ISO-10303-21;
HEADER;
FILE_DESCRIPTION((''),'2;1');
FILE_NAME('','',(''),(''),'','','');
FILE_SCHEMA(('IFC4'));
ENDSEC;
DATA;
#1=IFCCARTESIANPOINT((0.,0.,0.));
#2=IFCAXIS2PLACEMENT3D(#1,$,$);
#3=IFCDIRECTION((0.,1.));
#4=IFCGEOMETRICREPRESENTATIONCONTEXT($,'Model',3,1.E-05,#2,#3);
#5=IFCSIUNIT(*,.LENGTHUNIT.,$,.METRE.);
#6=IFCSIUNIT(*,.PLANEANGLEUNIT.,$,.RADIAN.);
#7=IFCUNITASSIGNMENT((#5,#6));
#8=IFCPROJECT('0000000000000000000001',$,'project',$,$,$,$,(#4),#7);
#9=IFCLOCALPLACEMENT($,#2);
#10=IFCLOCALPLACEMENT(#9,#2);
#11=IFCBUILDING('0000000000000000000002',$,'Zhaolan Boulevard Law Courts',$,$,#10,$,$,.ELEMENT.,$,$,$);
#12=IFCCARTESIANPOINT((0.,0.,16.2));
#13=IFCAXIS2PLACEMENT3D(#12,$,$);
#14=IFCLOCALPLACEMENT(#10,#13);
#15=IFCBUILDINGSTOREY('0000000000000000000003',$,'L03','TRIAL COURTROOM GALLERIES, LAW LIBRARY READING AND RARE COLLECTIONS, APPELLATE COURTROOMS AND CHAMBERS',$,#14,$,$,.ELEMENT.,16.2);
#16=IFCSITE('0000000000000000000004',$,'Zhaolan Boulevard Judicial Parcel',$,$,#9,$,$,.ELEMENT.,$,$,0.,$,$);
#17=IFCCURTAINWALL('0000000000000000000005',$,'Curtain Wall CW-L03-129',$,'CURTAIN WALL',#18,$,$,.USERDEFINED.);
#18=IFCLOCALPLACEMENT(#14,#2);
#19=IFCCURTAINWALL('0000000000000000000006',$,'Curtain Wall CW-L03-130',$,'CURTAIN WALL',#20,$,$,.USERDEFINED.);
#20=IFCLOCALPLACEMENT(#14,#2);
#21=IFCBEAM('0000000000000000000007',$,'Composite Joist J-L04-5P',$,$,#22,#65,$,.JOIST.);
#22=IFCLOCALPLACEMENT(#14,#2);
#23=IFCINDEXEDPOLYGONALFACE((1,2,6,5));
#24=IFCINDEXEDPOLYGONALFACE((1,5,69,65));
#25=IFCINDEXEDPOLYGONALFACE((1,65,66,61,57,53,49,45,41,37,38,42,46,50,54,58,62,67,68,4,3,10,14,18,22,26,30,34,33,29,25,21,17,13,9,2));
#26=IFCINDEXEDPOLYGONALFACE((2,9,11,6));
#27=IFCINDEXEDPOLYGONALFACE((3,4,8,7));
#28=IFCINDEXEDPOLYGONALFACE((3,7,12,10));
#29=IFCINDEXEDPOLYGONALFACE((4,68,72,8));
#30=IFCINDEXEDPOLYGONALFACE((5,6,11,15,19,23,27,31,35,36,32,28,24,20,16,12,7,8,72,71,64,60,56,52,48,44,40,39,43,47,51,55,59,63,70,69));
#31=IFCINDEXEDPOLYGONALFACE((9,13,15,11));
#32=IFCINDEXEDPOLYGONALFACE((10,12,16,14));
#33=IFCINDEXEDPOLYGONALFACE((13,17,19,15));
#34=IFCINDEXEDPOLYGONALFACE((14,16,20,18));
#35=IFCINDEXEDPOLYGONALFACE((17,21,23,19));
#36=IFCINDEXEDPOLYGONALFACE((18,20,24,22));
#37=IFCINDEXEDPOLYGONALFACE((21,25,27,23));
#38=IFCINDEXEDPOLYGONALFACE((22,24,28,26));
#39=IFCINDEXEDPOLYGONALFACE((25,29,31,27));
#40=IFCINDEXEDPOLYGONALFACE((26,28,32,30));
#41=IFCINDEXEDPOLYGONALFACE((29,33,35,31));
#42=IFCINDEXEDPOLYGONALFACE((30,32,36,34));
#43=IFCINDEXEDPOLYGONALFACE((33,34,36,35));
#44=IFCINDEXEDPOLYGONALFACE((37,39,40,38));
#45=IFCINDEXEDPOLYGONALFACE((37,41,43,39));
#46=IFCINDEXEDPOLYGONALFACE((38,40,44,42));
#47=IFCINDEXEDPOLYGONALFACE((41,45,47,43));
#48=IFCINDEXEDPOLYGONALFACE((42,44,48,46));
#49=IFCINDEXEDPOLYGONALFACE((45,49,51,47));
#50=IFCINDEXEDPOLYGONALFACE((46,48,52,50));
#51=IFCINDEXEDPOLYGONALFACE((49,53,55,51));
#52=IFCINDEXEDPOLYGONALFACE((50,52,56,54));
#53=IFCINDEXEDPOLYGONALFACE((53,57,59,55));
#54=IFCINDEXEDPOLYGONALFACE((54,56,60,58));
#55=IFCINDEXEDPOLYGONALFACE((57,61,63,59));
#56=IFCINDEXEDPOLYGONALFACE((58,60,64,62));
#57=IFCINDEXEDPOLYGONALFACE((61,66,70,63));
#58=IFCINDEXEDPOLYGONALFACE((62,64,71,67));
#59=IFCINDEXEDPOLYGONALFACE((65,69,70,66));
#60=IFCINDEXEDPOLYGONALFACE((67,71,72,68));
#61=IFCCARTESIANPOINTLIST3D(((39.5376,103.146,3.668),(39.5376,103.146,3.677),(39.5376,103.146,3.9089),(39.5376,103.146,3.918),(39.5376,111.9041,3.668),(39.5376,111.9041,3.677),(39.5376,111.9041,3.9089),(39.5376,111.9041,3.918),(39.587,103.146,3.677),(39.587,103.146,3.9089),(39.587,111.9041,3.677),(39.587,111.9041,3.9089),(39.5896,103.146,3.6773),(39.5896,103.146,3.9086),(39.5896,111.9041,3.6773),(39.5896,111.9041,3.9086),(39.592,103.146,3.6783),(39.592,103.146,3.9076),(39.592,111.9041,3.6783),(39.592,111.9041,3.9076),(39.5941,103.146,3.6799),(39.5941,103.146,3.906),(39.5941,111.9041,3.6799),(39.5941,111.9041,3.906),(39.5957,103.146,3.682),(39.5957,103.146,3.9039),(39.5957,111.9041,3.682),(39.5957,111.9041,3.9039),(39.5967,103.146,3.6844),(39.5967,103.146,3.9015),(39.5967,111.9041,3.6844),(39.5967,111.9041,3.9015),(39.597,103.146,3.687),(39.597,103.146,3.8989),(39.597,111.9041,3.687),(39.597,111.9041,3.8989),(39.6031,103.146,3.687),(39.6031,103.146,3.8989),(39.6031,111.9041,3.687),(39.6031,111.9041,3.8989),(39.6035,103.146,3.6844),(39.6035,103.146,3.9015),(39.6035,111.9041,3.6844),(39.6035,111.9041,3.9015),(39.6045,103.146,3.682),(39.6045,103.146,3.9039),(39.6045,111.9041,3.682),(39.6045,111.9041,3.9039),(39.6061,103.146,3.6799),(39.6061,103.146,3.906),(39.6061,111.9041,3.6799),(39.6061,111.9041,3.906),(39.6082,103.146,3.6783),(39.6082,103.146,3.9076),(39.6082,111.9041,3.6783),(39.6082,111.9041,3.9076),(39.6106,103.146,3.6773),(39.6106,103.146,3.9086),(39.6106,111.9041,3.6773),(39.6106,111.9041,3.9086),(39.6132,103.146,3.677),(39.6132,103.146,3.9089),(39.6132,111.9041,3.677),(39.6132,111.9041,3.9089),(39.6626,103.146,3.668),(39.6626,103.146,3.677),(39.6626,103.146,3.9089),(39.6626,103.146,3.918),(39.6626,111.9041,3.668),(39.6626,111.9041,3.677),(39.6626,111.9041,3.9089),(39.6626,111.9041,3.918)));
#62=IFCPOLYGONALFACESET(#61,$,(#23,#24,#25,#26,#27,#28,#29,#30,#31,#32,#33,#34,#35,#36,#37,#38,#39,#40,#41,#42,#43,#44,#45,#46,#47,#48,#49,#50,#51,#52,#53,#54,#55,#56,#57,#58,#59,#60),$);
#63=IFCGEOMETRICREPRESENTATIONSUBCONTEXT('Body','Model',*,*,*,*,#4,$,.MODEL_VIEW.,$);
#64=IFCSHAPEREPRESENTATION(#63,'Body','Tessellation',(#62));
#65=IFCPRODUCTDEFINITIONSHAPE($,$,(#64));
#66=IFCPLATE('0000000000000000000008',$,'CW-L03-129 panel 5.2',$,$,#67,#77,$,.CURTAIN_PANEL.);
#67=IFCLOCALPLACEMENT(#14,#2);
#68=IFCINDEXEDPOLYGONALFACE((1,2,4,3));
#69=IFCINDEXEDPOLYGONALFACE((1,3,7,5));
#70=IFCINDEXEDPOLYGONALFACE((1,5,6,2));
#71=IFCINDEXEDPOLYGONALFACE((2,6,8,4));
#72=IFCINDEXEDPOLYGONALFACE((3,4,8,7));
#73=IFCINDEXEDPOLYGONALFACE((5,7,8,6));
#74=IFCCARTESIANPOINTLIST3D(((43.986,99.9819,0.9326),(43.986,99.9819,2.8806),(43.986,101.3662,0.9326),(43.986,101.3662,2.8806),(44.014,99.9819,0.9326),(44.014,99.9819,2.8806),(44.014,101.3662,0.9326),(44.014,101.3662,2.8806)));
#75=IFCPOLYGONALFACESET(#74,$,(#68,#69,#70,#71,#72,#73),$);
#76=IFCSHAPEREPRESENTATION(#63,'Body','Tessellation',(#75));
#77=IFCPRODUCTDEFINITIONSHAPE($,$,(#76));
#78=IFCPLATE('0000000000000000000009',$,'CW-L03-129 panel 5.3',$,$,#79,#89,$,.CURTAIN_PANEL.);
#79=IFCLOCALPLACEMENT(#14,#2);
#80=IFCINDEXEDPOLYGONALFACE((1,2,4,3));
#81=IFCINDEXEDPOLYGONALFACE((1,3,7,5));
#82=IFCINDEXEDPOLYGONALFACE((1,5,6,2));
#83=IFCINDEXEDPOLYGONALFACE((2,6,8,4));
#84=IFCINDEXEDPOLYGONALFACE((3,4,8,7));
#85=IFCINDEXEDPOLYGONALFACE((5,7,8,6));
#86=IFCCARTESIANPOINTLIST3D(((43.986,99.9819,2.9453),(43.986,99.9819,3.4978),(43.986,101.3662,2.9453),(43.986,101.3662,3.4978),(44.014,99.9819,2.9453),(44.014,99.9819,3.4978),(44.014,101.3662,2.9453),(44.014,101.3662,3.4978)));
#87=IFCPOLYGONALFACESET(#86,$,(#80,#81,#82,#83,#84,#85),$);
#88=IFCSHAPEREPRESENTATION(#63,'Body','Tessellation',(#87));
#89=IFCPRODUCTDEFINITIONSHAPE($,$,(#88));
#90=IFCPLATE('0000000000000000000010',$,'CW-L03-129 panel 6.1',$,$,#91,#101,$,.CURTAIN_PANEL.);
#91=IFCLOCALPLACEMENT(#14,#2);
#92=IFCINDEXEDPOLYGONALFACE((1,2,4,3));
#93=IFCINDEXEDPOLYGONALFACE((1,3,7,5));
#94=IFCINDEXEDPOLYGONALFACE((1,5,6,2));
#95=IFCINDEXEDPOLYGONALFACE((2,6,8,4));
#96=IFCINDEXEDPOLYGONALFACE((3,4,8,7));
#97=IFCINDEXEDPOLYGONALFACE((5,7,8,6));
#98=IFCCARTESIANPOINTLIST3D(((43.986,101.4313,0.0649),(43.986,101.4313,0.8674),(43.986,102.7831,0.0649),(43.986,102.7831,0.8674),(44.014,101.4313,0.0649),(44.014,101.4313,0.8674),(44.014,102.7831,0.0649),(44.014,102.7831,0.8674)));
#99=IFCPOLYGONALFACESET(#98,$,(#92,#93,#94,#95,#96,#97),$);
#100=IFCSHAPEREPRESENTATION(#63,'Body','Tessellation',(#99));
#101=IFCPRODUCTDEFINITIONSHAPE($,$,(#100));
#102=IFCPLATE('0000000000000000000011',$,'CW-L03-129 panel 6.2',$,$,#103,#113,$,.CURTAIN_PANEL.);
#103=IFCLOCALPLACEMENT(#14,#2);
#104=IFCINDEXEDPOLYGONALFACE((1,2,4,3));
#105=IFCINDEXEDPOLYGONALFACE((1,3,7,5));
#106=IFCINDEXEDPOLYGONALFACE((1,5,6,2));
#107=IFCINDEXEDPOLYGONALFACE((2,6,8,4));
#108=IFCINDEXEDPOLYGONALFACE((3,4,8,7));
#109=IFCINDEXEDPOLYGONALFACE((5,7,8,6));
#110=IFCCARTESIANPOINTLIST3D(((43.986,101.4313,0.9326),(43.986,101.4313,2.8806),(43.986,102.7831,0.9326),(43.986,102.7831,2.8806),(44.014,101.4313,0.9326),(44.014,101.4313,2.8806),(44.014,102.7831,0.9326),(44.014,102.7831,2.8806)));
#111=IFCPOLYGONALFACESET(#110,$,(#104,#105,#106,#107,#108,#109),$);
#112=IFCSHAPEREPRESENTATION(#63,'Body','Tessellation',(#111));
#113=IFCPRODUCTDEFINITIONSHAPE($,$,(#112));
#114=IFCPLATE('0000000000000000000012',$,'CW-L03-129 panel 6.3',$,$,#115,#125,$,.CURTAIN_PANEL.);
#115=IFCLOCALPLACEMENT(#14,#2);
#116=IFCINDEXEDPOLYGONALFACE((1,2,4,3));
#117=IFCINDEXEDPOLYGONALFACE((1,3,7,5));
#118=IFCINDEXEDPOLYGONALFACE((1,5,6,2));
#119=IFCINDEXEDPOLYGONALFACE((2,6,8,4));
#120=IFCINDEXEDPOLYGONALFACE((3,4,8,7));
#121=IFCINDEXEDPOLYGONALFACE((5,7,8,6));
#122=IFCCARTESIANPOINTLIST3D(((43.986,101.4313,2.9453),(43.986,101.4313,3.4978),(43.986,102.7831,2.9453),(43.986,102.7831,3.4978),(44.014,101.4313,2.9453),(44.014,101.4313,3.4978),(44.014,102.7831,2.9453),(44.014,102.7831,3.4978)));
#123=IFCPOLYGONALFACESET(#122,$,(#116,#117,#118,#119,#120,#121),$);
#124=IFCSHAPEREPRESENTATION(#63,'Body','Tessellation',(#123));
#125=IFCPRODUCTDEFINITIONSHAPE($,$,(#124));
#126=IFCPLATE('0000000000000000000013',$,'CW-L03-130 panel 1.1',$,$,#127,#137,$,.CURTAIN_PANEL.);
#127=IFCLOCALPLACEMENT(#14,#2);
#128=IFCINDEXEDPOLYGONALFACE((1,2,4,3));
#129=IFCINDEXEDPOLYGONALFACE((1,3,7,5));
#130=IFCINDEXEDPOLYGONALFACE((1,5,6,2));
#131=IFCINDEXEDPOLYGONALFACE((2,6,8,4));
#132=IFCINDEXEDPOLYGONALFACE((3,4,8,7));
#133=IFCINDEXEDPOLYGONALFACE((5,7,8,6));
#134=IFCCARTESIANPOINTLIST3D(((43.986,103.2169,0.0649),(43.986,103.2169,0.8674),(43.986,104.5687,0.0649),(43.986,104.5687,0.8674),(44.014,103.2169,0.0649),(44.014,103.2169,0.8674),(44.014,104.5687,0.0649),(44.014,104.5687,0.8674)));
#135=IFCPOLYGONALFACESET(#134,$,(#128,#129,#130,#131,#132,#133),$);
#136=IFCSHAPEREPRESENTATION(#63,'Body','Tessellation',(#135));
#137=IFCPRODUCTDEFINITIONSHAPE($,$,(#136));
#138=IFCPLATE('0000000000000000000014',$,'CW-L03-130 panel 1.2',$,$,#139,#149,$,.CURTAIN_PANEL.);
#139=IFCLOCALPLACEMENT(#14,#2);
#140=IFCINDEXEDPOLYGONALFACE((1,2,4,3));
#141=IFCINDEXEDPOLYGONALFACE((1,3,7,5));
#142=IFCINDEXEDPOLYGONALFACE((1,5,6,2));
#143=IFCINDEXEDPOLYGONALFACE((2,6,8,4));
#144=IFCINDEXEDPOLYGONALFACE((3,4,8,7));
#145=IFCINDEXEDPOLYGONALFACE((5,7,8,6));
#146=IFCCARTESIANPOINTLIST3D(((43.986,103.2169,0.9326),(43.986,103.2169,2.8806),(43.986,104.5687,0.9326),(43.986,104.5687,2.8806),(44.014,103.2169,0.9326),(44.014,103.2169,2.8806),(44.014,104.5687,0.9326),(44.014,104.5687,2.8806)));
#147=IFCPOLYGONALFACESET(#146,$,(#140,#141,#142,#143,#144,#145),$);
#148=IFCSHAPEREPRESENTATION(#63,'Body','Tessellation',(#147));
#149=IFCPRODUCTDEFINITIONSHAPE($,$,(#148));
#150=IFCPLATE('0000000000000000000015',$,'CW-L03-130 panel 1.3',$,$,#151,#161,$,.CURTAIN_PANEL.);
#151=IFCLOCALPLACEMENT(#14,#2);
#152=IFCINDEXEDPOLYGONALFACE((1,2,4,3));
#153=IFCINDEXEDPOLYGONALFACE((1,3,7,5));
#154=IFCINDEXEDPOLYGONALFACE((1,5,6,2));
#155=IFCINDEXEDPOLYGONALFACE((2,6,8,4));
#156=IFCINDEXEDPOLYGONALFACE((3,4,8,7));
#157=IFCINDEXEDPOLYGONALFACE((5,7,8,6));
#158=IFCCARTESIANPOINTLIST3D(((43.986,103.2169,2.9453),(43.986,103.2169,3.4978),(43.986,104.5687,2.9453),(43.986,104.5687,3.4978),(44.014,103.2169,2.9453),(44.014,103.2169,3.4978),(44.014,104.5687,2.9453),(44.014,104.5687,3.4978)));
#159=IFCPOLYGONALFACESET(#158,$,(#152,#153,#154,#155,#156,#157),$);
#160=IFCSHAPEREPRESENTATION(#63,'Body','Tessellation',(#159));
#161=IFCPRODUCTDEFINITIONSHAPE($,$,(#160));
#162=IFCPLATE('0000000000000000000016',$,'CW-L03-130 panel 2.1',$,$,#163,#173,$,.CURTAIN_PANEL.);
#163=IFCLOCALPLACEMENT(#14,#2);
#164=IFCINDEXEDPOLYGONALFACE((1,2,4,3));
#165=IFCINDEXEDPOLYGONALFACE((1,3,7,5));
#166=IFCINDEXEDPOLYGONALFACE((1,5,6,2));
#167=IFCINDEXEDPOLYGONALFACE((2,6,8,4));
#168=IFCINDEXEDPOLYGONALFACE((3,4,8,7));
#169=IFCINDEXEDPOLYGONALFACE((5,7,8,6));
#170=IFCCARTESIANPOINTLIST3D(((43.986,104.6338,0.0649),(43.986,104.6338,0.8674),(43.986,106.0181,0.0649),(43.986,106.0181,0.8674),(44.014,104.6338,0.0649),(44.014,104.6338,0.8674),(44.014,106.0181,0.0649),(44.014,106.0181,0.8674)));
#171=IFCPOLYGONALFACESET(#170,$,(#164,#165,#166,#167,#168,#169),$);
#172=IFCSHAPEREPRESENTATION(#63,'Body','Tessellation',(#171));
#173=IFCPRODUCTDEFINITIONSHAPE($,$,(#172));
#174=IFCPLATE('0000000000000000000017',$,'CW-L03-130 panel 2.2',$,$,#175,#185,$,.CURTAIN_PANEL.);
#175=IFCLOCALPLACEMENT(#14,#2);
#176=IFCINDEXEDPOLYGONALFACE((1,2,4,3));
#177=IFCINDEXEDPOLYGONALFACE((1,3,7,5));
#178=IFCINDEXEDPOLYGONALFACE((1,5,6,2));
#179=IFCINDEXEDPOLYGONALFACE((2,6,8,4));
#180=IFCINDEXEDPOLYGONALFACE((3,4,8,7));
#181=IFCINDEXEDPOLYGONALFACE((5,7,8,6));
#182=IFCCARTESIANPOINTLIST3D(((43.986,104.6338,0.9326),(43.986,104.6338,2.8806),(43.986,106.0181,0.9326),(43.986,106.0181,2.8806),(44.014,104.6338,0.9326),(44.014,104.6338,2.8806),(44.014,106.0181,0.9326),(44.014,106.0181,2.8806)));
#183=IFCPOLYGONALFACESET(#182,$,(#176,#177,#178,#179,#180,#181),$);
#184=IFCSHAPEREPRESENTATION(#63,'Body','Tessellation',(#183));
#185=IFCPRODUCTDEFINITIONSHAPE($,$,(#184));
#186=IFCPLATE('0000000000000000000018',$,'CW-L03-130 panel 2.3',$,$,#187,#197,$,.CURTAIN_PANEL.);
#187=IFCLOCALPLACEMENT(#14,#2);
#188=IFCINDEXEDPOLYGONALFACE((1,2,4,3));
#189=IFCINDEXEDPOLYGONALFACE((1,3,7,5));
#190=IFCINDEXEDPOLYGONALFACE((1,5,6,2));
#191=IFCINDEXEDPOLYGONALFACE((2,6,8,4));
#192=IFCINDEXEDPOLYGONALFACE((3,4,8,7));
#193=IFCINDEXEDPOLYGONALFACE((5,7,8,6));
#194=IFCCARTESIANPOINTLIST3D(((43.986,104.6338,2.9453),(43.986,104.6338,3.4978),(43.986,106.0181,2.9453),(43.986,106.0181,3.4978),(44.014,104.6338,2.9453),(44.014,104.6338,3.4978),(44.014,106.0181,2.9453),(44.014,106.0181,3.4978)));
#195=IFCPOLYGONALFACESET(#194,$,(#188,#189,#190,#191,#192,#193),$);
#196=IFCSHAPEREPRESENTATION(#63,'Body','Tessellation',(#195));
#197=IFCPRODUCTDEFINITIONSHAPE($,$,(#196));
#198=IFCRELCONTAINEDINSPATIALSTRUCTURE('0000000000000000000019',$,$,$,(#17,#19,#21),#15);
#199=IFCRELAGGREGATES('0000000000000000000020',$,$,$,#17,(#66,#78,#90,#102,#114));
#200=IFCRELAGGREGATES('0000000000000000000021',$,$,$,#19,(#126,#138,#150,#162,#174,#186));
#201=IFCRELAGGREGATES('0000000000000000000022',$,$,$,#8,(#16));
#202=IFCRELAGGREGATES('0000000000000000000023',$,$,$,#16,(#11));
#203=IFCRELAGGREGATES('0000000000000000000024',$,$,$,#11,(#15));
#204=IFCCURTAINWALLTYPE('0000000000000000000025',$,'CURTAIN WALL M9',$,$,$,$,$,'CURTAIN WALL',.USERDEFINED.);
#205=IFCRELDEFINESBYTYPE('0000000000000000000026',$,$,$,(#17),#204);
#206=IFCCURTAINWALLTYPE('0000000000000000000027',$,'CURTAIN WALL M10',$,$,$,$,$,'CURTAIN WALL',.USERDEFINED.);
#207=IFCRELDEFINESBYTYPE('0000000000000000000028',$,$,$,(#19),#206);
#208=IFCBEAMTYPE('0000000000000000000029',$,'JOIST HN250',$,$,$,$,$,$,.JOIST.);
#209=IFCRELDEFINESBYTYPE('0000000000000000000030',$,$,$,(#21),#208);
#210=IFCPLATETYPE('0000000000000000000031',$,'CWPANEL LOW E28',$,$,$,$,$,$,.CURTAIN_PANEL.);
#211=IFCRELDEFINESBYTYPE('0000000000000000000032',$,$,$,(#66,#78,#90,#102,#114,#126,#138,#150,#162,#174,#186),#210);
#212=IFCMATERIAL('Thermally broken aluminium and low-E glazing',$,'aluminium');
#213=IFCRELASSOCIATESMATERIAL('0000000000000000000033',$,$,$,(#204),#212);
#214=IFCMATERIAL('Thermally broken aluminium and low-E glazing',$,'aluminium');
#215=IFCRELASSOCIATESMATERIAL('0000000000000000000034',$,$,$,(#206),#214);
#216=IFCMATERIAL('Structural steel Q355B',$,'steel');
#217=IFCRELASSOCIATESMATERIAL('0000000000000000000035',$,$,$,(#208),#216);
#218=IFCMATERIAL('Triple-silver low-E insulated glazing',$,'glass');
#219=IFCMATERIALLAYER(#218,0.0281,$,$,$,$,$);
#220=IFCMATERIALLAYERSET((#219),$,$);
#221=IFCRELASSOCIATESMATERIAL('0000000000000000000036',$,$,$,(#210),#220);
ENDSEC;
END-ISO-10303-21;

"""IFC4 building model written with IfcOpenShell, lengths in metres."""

from ifc_helpers import new_model, si_unit, direction, frame, origin, origin_2d, place, context, subcontext, project, spatial, rectangle, i_section, extrude, material, layer, layer_set, material_profile, profile_set, type_object, element, aggregate, save


model = new_model("IFC4")

# Units and contexts
model_context = context("Model", 3, precision=1e-05, world=origin(), true_north=direction((0.0, 1.0)))
body_context = subcontext(model_context, "Body", "Model", "MODEL_VIEW")
ifc_project = project(units=[si_unit("LENGTHUNIT", "METRE"), si_unit("PLANEANGLEUNIT", "RADIAN")], contexts=[model_context])

# Site, building, storey
site_placement = place(None, origin())
site = spatial("IfcSite", under=ifc_project, at=site_placement, Name="Zhaolan Boulevard Judicial Parcel", CompositionType="ELEMENT", RefElevation=0.0)
building_placement = place(site_placement, origin())
building = spatial("IfcBuilding", under=site, at=building_placement, Name="Zhaolan Boulevard Law Courts", CompositionType="ELEMENT")
storey_placement = place(building_placement, frame((0.0, 0.0, 16.2)))
storey = spatial("IfcBuildingStorey", under=building, at=storey_placement, Name="L03", Description="TRIAL COURTROOM GALLERIES, LAW LIBRARY READING AND RARE COLLECTIONS, APPELLATE COURTROOMS AND CHAMBERS", CompositionType="ELEMENT", Elevation=16.2)

# Curtain walls
ifc_material_1 = material(Name="Thermally broken aluminium and low-E glazing", Category="aluminium")
curtain_wall_type_1 = type_object("IfcCurtainWallType", Name="CURTAIN WALL M9", ElementType="CURTAIN WALL", PredefinedType="USERDEFINED", material=ifc_material_1)
curtain_wall_1_placement = place(storey_placement, origin())
curtain_wall_1 = element("IfcCurtainWall", 1, at=curtain_wall_1_placement, inside=storey, type_object=curtain_wall_type_1, Name="Curtain Wall CW-L03-129", ObjectType="CURTAIN WALL", PredefinedType="USERDEFINED")
ifc_material_2 = material(Name="Thermally broken aluminium and low-E glazing", Category="aluminium")
curtain_wall_type_2 = type_object("IfcCurtainWallType", Name="CURTAIN WALL M10", ElementType="CURTAIN WALL", PredefinedType="USERDEFINED", material=ifc_material_2)
curtain_wall_2_placement = place(storey_placement, origin())
curtain_wall_2 = element("IfcCurtainWall", 2, at=curtain_wall_2_placement, inside=storey, type_object=curtain_wall_type_2, Name="Curtain Wall CW-L03-130", ObjectType="CURTAIN WALL", PredefinedType="USERDEFINED")

# Beam
ifc_material_3 = material(Name="Structural steel Q355B", Category="steel")
ifc_material_profile_1 = material_profile(ifc_material_3, i_section(OverallWidth=0.125, OverallDepth=0.25, WebThickness=0.0061, FlangeThickness=0.009, FilletRadius=0.01, at=origin_2d()), Name="HN250x125")
ifc_profile_set_1 = profile_set([ifc_material_profile_1], Name="Structural steel Q355B")
beam_type_1 = type_object("IfcBeamType", Name="JOIST HN250", PredefinedType="JOIST", material=ifc_profile_set_1)
beam_1_placement = place(storey_placement, frame((39.6001, 103.146, 3.793), z_axis=(0.0, 1.0, 0.0), x_axis=(-1.0, 0.0, 0.0)))
element("IfcBeam", 3, at=beam_1_placement, inside=storey, type_object=beam_type_1, Name="Composite Joist J-L04-5P", PredefinedType="JOIST", context=body_context, shape_type="SweptSolid", body=[
    extrude(i_section(OverallWidth=0.125, OverallDepth=0.25, WebThickness=0.0061, FlangeThickness=0.009, FilletRadius=0.01, at=origin_2d()), origin(), (0.0, 0.0, 1.0), 8.7581),
])

# Plates
ifc_material_4 = material(Name="Triple-silver low-E insulated glazing", Category="glass")
ifc_layer = layer(ifc_material_4, 0.0281)
ifc_layer_set = layer_set([ifc_layer])
plate_type = type_object("IfcPlateType", Name="CWPANEL LOW E28", PredefinedType="CURTAIN_PANEL", material=ifc_layer_set)
plate_1_placement = place(storey_placement, frame((44.0, 100.6741, 0.9326), z_axis=(0.0, 0.0, 1.0), x_axis=(0.0, 1.0, 0.0)))
plate_1 = element("IfcPlate", 4, at=plate_1_placement, type_object=plate_type, Name="CW-L03-129 panel 5.2", PredefinedType="CURTAIN_PANEL", context=body_context, shape_type="SweptSolid", body=[
    extrude(rectangle(XDim=1.3843, YDim=0.0281, at=origin_2d()), origin(), (0.0, 0.0, 1.0), 1.948),
])
plate_2_placement = place(storey_placement, frame((44.0, 100.6741, 2.9453), z_axis=(0.0, 0.0, 1.0), x_axis=(0.0, 1.0, 0.0)))
plate_2 = element("IfcPlate", 5, at=plate_2_placement, type_object=plate_type, Name="CW-L03-129 panel 5.3", PredefinedType="CURTAIN_PANEL", context=body_context, shape_type="SweptSolid", body=[
    extrude(rectangle(XDim=1.3843, YDim=0.0281, at=origin_2d()), origin(), (0.0, 0.0, 1.0), 0.5525),
])
plate_3_placement = place(storey_placement, frame((44.0, 102.1072, 0.0649), z_axis=(0.0, 0.0, 1.0), x_axis=(0.0, 1.0, 0.0)))
plate_3 = element("IfcPlate", 6, at=plate_3_placement, type_object=plate_type, Name="CW-L03-129 panel 6.1", PredefinedType="CURTAIN_PANEL", context=body_context, shape_type="SweptSolid", body=[
    extrude(rectangle(XDim=1.3518, YDim=0.0281, at=origin_2d()), origin(), (0.0, 0.0, 1.0), 0.8025),
])
plate_4_placement = place(storey_placement, frame((44.0, 102.1072, 0.9326), z_axis=(0.0, 0.0, 1.0), x_axis=(0.0, 1.0, 0.0)))
plate_4 = element("IfcPlate", 7, at=plate_4_placement, type_object=plate_type, Name="CW-L03-129 panel 6.2", PredefinedType="CURTAIN_PANEL", context=body_context, shape_type="SweptSolid", body=[
    extrude(rectangle(XDim=1.3518, YDim=0.0281, at=origin_2d()), origin(), (0.0, 0.0, 1.0), 1.948),
])
plate_5_placement = place(storey_placement, frame((44.0, 102.1072, 2.9453), z_axis=(0.0, 0.0, 1.0), x_axis=(0.0, 1.0, 0.0)))
plate_5 = element("IfcPlate", 8, at=plate_5_placement, type_object=plate_type, Name="CW-L03-129 panel 6.3", PredefinedType="CURTAIN_PANEL", context=body_context, shape_type="SweptSolid", body=[
    extrude(rectangle(XDim=1.3518, YDim=0.0281, at=origin_2d()), origin(), (0.0, 0.0, 1.0), 0.5525),
])
aggregate(curtain_wall_1, [plate_1, plate_2, plate_3, plate_4, plate_5])
plate_6_placement = place(storey_placement, frame((44.0, 103.8928, 0.0649), z_axis=(0.0, 0.0, 1.0), x_axis=(0.0, 1.0, 0.0)))
plate_6 = element("IfcPlate", 9, at=plate_6_placement, type_object=plate_type, Name="CW-L03-130 panel 1.1", PredefinedType="CURTAIN_PANEL", context=body_context, shape_type="SweptSolid", body=[
    extrude(rectangle(XDim=1.3518, YDim=0.0281, at=origin_2d()), origin(), (0.0, 0.0, 1.0), 0.8025),
])
plate_7_placement = place(storey_placement, frame((44.0, 103.8928, 0.9326), z_axis=(0.0, 0.0, 1.0), x_axis=(0.0, 1.0, 0.0)))
plate_7 = element("IfcPlate", 10, at=plate_7_placement, type_object=plate_type, Name="CW-L03-130 panel 1.2", PredefinedType="CURTAIN_PANEL", context=body_context, shape_type="SweptSolid", body=[
    extrude(rectangle(XDim=1.3518, YDim=0.0281, at=origin_2d()), origin(), (0.0, 0.0, 1.0), 1.948),
])
plate_8_placement = place(storey_placement, frame((44.0, 103.8928, 2.9453), z_axis=(0.0, 0.0, 1.0), x_axis=(0.0, 1.0, 0.0)))
plate_8 = element("IfcPlate", 11, at=plate_8_placement, type_object=plate_type, Name="CW-L03-130 panel 1.3", PredefinedType="CURTAIN_PANEL", context=body_context, shape_type="SweptSolid", body=[
    extrude(rectangle(XDim=1.3518, YDim=0.0281, at=origin_2d()), origin(), (0.0, 0.0, 1.0), 0.5525),
])
plate_9_placement = place(storey_placement, frame((44.0, 105.3259, 0.0649), z_axis=(0.0, 0.0, 1.0), x_axis=(0.0, 1.0, 0.0)))
plate_9 = element("IfcPlate", 12, at=plate_9_placement, type_object=plate_type, Name="CW-L03-130 panel 2.1", PredefinedType="CURTAIN_PANEL", context=body_context, shape_type="SweptSolid", body=[
    extrude(rectangle(XDim=1.3843, YDim=0.0281, at=origin_2d()), origin(), (0.0, 0.0, 1.0), 0.8025),
])
plate_10_placement = place(storey_placement, frame((44.0, 105.3259, 0.9326), z_axis=(0.0, 0.0, 1.0), x_axis=(0.0, 1.0, 0.0)))
plate_10 = element("IfcPlate", 13, at=plate_10_placement, type_object=plate_type, Name="CW-L03-130 panel 2.2", PredefinedType="CURTAIN_PANEL", context=body_context, shape_type="SweptSolid", body=[
    extrude(rectangle(XDim=1.3843, YDim=0.0281, at=origin_2d()), origin(), (0.0, 0.0, 1.0), 1.948),
])
plate_11_placement = place(storey_placement, frame((44.0, 105.3259, 2.9453), z_axis=(0.0, 0.0, 1.0), x_axis=(0.0, 1.0, 0.0)))
plate_11 = element("IfcPlate", 14, at=plate_11_placement, type_object=plate_type, Name="CW-L03-130 panel 2.3", PredefinedType="CURTAIN_PANEL", context=body_context, shape_type="SweptSolid", body=[
    extrude(rectangle(XDim=1.3843, YDim=0.0281, at=origin_2d()), origin(), (0.0, 0.0, 1.0), 0.5525),
])
aggregate(curtain_wall_2, [plate_6, plate_7, plate_8, plate_9, plate_10, plate_11])

save(model, "model.ifc")
